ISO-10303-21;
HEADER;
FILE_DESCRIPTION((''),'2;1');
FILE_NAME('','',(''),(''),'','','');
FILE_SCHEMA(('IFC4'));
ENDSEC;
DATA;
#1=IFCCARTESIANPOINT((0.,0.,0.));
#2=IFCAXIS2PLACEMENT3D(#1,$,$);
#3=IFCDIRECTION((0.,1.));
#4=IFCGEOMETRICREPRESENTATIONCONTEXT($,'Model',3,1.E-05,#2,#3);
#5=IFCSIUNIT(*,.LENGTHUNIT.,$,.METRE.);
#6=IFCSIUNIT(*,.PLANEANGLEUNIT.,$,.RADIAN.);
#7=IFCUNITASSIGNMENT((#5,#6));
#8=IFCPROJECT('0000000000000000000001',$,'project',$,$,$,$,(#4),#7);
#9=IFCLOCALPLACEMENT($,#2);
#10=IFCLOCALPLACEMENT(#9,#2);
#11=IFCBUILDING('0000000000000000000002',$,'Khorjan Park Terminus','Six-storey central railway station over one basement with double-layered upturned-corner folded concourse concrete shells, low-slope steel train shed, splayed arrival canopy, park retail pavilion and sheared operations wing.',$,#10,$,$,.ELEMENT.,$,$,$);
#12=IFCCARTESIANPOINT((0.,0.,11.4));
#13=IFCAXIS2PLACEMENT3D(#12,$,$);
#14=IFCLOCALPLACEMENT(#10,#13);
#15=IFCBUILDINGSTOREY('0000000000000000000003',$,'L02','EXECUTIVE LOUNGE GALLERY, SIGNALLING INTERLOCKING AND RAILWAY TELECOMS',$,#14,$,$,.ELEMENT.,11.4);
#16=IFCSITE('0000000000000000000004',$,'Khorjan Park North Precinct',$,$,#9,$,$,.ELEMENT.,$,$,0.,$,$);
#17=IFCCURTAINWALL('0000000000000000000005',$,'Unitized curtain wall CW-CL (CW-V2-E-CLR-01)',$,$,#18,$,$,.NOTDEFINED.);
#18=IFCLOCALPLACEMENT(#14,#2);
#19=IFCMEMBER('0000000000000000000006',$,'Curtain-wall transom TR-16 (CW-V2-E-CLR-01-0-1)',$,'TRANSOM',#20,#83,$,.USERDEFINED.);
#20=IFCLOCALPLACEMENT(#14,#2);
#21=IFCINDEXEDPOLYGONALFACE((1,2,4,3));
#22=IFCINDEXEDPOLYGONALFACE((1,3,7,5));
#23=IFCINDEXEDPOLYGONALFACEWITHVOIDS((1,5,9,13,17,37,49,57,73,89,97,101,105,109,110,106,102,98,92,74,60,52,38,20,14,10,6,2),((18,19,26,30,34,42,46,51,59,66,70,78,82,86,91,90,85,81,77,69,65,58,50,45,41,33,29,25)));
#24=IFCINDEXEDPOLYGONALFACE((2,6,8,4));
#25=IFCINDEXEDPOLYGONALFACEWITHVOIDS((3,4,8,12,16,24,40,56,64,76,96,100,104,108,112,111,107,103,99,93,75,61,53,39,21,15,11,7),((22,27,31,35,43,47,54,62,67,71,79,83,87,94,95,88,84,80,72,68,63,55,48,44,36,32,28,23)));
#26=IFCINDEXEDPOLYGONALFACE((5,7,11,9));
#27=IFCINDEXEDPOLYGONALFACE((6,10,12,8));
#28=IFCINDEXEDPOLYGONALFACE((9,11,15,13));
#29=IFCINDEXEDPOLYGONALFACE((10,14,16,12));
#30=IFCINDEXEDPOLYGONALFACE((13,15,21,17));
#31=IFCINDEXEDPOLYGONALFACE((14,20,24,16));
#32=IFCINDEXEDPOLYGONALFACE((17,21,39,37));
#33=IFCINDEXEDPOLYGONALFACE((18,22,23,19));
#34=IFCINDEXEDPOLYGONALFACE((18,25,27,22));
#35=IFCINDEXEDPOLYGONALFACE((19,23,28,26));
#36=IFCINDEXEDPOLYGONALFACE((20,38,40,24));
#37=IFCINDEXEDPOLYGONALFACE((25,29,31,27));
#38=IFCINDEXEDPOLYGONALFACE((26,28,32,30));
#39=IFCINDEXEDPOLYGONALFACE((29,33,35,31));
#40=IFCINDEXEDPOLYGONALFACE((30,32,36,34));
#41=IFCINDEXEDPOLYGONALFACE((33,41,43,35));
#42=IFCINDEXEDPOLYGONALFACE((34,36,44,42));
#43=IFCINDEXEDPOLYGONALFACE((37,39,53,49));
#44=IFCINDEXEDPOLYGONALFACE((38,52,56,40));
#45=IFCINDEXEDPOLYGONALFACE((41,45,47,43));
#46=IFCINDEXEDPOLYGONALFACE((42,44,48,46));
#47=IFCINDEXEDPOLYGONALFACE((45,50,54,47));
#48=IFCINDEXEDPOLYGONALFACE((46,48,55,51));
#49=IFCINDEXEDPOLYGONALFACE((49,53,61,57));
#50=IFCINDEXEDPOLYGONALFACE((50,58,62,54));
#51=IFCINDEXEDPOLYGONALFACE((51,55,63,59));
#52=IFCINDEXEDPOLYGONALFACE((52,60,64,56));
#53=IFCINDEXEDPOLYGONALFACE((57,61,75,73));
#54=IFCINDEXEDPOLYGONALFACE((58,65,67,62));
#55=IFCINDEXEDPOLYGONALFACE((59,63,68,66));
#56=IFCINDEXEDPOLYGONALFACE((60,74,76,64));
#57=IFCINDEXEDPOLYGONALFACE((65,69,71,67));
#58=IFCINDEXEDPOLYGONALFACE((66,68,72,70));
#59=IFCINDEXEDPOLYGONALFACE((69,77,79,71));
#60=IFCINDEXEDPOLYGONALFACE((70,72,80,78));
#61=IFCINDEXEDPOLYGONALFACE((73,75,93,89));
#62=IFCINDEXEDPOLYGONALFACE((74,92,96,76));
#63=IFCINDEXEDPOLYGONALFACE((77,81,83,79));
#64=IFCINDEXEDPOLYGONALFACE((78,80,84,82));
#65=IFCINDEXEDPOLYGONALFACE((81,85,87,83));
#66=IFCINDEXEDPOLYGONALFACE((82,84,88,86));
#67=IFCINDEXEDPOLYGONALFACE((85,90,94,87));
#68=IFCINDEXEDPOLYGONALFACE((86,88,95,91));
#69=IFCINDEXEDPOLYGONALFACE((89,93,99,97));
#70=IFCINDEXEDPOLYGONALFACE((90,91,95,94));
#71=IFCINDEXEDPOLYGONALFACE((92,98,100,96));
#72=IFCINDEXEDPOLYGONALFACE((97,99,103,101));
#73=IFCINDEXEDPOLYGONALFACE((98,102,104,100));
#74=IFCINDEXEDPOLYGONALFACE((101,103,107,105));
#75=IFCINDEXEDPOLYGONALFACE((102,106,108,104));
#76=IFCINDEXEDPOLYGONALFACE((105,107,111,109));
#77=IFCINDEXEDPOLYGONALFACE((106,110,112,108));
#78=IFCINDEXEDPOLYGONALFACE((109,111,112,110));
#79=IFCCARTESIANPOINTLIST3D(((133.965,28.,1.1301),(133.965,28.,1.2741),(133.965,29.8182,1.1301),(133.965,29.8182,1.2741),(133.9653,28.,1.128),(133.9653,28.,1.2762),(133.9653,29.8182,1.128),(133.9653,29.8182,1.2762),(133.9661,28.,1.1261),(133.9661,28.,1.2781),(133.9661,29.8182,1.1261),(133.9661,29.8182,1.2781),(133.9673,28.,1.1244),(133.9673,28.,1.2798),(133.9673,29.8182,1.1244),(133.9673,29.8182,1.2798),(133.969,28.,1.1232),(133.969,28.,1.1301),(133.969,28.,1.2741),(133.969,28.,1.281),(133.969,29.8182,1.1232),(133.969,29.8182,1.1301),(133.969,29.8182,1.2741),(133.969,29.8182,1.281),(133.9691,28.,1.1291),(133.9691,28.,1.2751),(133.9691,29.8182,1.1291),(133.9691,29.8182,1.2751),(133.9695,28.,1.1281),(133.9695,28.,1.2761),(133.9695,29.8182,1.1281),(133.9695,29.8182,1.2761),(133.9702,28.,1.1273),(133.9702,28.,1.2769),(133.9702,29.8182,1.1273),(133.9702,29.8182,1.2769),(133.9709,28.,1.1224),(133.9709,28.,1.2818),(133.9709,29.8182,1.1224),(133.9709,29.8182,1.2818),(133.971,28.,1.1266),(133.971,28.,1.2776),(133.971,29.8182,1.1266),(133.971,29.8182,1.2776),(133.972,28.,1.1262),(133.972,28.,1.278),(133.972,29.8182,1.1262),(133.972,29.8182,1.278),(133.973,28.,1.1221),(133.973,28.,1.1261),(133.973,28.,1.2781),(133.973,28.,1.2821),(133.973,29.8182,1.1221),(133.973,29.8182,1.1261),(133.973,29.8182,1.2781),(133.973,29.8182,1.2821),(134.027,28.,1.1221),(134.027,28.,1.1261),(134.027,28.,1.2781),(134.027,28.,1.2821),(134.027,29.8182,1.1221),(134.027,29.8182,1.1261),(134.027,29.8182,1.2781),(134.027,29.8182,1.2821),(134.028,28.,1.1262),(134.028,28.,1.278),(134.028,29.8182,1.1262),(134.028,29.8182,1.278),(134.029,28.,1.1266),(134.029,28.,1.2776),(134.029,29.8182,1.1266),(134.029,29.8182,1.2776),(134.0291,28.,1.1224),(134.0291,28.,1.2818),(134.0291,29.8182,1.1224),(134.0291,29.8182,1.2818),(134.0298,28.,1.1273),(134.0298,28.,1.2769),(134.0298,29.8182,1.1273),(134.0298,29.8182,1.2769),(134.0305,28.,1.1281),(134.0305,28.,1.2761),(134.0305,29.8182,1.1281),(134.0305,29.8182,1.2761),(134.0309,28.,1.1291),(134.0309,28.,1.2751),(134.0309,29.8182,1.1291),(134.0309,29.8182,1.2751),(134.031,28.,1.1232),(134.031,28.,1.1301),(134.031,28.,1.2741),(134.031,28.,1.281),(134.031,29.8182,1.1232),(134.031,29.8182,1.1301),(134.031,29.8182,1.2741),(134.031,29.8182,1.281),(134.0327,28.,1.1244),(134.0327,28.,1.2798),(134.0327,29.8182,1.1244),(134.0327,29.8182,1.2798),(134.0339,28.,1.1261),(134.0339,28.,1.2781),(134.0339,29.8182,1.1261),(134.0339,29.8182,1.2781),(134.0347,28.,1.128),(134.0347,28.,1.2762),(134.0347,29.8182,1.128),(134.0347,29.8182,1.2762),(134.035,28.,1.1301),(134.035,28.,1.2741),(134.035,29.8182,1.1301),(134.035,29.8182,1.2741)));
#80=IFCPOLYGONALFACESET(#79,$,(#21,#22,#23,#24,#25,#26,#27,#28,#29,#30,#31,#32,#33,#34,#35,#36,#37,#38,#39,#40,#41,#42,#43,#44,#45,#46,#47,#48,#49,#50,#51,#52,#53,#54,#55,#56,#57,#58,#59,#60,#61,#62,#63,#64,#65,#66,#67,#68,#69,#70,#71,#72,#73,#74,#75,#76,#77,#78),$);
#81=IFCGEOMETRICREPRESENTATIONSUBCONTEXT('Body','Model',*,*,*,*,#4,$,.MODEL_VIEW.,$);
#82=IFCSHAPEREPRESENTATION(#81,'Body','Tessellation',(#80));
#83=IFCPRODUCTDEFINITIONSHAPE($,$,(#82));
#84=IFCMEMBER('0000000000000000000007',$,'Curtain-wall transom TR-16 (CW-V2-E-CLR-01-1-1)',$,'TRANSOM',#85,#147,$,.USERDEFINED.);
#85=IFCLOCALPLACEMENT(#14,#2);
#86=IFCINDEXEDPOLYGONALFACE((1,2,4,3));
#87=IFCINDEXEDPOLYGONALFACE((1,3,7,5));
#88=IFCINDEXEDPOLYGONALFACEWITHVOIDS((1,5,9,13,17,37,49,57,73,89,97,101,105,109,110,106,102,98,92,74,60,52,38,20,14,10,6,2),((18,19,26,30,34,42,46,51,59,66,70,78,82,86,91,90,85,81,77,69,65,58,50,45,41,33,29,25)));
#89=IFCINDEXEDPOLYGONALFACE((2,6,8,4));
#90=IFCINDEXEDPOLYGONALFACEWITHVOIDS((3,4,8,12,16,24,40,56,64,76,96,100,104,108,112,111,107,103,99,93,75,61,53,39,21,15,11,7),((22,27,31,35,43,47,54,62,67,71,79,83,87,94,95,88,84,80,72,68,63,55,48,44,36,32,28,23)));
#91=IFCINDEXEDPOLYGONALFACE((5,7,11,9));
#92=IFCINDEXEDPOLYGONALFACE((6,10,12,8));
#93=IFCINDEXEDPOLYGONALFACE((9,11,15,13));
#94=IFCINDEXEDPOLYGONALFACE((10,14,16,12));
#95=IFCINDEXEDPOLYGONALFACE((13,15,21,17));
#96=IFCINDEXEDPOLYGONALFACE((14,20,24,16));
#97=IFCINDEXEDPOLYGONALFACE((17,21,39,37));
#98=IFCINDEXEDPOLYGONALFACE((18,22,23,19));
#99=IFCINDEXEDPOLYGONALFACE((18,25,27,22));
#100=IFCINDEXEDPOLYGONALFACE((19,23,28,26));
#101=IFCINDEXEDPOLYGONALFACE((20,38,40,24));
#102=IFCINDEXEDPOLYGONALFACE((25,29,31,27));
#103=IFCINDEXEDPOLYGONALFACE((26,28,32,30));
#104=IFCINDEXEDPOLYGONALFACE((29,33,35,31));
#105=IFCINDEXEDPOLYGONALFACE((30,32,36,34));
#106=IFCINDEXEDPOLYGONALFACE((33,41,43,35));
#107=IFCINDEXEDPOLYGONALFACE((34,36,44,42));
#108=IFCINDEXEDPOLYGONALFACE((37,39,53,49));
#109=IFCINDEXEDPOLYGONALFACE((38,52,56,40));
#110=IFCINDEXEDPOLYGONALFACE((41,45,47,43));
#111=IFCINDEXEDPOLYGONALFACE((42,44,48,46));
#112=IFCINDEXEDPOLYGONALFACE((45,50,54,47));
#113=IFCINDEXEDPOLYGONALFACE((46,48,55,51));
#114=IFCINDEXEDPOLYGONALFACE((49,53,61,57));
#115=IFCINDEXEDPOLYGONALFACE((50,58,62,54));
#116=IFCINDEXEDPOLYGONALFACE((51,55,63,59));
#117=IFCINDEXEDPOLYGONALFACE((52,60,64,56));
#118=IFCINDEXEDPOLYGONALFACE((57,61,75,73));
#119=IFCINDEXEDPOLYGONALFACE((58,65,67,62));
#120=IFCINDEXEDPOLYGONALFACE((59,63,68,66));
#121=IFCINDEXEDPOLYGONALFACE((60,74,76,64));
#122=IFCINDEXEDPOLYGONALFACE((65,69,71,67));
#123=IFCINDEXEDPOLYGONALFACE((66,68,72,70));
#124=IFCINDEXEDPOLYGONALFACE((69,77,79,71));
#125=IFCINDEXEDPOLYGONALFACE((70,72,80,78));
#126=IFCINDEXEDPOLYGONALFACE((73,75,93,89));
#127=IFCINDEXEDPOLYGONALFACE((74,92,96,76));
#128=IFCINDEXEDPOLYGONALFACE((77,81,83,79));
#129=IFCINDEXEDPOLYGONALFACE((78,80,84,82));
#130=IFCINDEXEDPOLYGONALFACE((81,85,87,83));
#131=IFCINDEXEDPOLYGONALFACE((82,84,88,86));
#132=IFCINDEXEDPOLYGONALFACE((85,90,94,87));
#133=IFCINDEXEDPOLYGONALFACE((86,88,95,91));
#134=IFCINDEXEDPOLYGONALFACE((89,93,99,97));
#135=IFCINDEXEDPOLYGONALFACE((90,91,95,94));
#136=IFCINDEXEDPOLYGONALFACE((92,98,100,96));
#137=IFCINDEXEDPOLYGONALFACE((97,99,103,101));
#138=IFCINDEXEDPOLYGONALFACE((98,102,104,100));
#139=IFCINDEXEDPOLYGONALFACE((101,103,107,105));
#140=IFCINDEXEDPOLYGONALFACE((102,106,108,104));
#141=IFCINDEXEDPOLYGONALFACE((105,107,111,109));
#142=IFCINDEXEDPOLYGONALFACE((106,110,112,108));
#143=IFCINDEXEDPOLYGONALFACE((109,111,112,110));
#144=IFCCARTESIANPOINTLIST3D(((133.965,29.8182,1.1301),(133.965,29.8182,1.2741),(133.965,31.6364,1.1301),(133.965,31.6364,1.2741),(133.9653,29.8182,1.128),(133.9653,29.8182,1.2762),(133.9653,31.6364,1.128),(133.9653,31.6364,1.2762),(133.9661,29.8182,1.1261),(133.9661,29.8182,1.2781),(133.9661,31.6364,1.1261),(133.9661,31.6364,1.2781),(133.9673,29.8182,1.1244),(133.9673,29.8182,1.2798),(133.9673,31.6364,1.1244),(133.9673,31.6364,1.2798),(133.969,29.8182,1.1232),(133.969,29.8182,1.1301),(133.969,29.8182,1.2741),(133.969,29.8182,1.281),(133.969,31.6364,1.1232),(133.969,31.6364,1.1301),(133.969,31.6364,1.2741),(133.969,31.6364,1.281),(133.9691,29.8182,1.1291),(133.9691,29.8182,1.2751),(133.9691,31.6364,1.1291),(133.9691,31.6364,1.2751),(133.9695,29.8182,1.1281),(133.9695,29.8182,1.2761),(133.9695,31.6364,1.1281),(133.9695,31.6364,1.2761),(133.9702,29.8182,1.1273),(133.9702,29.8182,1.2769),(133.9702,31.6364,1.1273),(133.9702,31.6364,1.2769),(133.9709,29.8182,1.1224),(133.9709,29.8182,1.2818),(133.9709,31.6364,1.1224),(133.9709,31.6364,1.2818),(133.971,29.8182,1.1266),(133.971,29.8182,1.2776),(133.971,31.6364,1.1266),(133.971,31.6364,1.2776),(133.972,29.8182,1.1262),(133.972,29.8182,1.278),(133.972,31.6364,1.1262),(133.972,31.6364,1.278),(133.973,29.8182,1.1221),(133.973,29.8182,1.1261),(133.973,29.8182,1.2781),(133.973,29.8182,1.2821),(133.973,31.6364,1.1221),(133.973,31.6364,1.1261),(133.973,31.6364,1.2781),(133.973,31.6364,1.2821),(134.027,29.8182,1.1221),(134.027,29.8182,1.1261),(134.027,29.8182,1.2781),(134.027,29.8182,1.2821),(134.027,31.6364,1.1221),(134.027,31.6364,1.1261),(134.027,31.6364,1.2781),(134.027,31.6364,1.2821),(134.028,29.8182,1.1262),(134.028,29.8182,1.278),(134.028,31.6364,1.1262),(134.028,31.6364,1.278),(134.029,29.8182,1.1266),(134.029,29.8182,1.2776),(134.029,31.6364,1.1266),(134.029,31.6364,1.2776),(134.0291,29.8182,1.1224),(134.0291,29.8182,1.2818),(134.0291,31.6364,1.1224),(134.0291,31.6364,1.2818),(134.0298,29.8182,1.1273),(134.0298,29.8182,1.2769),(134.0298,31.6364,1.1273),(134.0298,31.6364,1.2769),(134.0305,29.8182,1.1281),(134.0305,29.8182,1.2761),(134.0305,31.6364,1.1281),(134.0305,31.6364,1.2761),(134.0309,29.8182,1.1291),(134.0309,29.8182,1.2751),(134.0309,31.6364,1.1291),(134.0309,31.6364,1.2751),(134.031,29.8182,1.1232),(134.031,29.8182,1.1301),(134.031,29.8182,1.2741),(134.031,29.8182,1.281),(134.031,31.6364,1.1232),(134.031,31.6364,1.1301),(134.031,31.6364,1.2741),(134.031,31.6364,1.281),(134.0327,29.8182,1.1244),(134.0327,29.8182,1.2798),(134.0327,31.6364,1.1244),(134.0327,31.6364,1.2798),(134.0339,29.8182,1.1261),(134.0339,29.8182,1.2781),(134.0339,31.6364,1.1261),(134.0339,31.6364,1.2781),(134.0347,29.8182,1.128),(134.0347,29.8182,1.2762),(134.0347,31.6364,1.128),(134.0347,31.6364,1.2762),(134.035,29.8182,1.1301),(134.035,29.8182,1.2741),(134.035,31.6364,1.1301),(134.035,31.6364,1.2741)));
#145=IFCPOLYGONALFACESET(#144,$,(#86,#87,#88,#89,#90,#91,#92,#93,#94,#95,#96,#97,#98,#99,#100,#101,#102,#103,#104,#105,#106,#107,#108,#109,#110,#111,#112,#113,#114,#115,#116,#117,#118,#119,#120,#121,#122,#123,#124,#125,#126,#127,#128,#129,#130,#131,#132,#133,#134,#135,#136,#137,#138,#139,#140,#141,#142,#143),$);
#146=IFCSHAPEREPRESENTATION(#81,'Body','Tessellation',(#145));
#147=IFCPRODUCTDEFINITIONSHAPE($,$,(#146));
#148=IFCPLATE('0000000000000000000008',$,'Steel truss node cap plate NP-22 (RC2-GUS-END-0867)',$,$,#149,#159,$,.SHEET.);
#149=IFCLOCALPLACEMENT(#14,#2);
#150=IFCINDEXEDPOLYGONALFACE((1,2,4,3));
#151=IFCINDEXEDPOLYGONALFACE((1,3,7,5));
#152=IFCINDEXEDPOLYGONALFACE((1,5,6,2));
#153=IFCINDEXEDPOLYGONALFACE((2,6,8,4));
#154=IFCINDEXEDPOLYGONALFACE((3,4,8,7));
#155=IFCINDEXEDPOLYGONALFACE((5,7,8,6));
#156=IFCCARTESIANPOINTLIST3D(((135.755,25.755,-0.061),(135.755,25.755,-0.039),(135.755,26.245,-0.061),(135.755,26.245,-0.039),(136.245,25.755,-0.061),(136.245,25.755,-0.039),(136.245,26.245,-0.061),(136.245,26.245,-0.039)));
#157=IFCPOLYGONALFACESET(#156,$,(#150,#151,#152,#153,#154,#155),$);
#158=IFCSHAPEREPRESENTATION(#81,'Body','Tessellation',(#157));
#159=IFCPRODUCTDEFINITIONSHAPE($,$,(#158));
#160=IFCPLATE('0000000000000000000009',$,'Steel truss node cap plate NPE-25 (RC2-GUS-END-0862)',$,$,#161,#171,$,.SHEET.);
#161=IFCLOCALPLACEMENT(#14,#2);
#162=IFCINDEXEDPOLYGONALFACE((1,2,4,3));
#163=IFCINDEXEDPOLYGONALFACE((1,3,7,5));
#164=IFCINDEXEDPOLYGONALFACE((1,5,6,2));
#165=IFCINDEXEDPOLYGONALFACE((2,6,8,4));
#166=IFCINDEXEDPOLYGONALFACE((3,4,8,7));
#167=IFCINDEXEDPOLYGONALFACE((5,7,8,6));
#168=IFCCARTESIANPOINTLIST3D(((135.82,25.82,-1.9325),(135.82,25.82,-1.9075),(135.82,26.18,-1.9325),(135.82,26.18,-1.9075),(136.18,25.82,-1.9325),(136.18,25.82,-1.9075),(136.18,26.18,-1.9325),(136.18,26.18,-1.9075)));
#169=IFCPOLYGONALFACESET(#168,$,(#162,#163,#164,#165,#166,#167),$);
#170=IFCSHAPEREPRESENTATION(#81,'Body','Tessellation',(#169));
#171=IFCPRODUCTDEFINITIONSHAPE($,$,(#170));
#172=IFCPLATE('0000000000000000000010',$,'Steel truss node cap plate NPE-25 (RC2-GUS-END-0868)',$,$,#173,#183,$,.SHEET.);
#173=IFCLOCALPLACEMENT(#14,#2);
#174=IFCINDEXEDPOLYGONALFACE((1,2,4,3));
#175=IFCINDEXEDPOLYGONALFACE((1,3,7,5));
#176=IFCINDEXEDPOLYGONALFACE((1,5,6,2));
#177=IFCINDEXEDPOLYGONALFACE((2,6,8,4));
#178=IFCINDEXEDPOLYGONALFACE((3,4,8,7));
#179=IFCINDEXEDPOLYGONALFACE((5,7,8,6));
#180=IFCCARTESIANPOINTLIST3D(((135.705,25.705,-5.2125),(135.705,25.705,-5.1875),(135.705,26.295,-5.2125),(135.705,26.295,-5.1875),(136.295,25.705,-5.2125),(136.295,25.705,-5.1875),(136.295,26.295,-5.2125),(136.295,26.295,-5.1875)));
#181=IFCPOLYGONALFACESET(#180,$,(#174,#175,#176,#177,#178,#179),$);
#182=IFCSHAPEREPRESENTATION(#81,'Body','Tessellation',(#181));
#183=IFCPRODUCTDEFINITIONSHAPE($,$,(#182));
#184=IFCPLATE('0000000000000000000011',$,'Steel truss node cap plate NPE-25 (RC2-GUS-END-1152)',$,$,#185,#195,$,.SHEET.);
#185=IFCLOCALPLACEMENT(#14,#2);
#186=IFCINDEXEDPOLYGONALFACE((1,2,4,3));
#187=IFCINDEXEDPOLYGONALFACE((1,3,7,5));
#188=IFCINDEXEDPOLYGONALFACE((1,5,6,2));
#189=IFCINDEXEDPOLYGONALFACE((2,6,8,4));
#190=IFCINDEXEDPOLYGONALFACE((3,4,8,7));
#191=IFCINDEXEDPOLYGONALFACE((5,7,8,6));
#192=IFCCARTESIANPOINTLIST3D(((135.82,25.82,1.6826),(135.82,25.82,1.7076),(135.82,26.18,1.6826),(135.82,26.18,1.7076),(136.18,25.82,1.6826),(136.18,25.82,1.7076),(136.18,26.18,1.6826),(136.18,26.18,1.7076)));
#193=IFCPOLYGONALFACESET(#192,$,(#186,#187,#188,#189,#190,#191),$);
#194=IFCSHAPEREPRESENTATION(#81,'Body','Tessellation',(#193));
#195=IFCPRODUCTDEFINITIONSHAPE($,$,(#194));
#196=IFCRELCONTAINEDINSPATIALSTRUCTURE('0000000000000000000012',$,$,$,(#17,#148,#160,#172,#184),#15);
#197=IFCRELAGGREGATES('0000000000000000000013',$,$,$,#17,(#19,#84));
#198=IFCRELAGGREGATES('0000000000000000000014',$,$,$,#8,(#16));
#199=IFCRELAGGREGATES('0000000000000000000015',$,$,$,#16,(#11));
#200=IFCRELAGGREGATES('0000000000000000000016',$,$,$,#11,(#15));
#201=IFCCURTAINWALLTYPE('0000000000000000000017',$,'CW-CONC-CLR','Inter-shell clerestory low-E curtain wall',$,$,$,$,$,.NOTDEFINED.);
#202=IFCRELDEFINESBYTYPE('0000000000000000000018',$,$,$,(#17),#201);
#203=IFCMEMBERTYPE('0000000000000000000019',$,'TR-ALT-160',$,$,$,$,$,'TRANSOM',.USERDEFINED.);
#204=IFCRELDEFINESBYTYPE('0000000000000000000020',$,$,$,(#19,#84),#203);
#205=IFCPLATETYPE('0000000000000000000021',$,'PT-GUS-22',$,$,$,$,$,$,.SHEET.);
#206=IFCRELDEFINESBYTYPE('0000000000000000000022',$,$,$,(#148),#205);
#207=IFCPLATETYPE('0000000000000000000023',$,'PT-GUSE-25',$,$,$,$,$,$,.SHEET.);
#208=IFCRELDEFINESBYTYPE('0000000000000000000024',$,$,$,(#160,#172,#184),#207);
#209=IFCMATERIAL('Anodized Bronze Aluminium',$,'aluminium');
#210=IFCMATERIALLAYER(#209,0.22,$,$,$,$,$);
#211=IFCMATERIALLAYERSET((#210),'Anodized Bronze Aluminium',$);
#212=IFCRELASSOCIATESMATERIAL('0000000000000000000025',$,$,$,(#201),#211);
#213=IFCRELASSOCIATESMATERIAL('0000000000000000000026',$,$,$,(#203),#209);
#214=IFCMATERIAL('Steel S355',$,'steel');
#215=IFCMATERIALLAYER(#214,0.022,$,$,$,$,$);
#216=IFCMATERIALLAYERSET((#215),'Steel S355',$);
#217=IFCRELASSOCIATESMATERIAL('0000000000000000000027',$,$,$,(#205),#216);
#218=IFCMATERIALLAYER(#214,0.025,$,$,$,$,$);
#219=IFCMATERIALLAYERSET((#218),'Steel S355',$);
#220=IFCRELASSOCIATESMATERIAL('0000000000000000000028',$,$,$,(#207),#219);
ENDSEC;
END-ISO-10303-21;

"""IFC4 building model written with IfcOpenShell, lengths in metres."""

from ifc_helpers import new_model, si_unit, direction, frame, origin, origin_2d, place, context, subcontext, project, spatial, rectangle, hollow_rectangle, extrude, material, layer, layer_set, material_profile, profile_set, type_object, element, aggregate, save


model = new_model("IFC4")

# Units and contexts
model_context = context("Model", 3, precision=1e-05, world=origin(), true_north=direction((0.0, 1.0)))
body_context = subcontext(model_context, "Body", "Model", "MODEL_VIEW")
ifc_project = project(units=[si_unit("LENGTHUNIT", "METRE"), si_unit("PLANEANGLEUNIT", "RADIAN")], contexts=[model_context])

# Site, building, storey
site_placement = place(None, origin())
site = spatial("IfcSite", under=ifc_project, at=site_placement, Name="Khorjan Park North Precinct", CompositionType="ELEMENT", RefElevation=0.0)
building_placement = place(site_placement, origin())
building = spatial("IfcBuilding", under=site, at=building_placement, Name="Khorjan Park Terminus", Description="Six-storey central railway station over one basement with double-layered upturned-corner folded concourse concrete shells, low-slope steel train shed, splayed arrival canopy, park retail pavilion and sheared operations wing.", CompositionType="ELEMENT")
storey_placement = place(building_placement, frame((0.0, 0.0, 11.4)))
storey = spatial("IfcBuildingStorey", under=building, at=storey_placement, Name="L02", Description="EXECUTIVE LOUNGE GALLERY, SIGNALLING INTERLOCKING AND RAILWAY TELECOMS", CompositionType="ELEMENT", Elevation=11.4)

# Shared definitions
ifc_material_1 = material(Name="Steel S355", Category="steel")

# Curtain wall
ifc_material_2 = material(Name="Anodized Bronze Aluminium", Category="aluminium")
ifc_layer_1 = layer(ifc_material_2, 0.22)
ifc_layer_set_1 = layer_set([ifc_layer_1], Name="Anodized Bronze Aluminium")
curtain_wall_type = type_object("IfcCurtainWallType", Name="CW-CONC-CLR", Description="Inter-shell clerestory low-E curtain wall", PredefinedType="NOTDEFINED", material=ifc_layer_set_1)
curtain_wall_placement = place(storey_placement, origin())
curtain_wall = element("IfcCurtainWall", 1, at=curtain_wall_placement, inside=storey, type_object=curtain_wall_type, Name="Unitized curtain wall CW-CL (CW-V2-E-CLR-01)", PredefinedType="NOTDEFINED")

# Members
ifc_material_profile_1 = material_profile(ifc_material_2, hollow_rectangle(XDim=0.07, YDim=0.16, WallThickness=0.004, InnerFilletRadius=0.004, OuterFilletRadius=0.008, at=origin_2d()), Name="ALT 70x160x4")
ifc_profile_set_1 = profile_set([ifc_material_profile_1], Name="Anodized Bronze Aluminium")
member_type_1 = type_object("IfcMemberType", Name="TR-ALT-160", ElementType="TRANSOM", PredefinedType="USERDEFINED", material=ifc_profile_set_1)
member_1_placement = place(storey_placement, frame((134.0, 28.0, 1.2021), z_axis=(0.0, 1.0, 0.0), x_axis=(-1.0, 0.0, 0.0)))
member_1 = element("IfcMember", 2, at=member_1_placement, type_object=member_type_1, Name="Curtain-wall transom TR-16 (CW-V2-E-CLR-01-0-1)", ObjectType="TRANSOM", PredefinedType="USERDEFINED", context=body_context, shape_type="SweptSolid", body=[
    extrude(hollow_rectangle(XDim=0.07, YDim=0.16, WallThickness=0.004, InnerFilletRadius=0.004, OuterFilletRadius=0.008, at=origin_2d()), origin(), (0.0, 0.0, 1.0), 1.8182),
])
member_2_placement = place(storey_placement, frame((134.0, 29.8182, 1.2021), z_axis=(0.0, 1.0, 0.0), x_axis=(-1.0, 0.0, 0.0)))
member_2 = element("IfcMember", 3, at=member_2_placement, type_object=member_type_1, Name="Curtain-wall transom TR-16 (CW-V2-E-CLR-01-1-1)", ObjectType="TRANSOM", PredefinedType="USERDEFINED", context=body_context, shape_type="SweptSolid", body=[
    extrude(hollow_rectangle(XDim=0.07, YDim=0.16, WallThickness=0.004, InnerFilletRadius=0.004, OuterFilletRadius=0.008, at=origin_2d()), origin(), (0.0, 0.0, 1.0), 1.8182),
])

# Plates
ifc_layer_2 = layer(ifc_material_1, 0.022)
ifc_layer_set_2 = layer_set([ifc_layer_2], Name="Steel S355")
plate_type_1 = type_object("IfcPlateType", Name="PT-GUS-22", PredefinedType="SHEET", material=ifc_layer_set_2)
plate_1_placement = place(storey_placement, frame((136.0, 26.0, -0.061), z_axis=(0.0, 0.0, 1.0), x_axis=(1.0, 0.0, 0.0)))
element("IfcPlate", 4, at=plate_1_placement, inside=storey, type_object=plate_type_1, Name="Steel truss node cap plate NP-22 (RC2-GUS-END-0867)", PredefinedType="SHEET", context=body_context, shape_type="SweptSolid", body=[
    extrude(rectangle(XDim=0.49, YDim=0.49, at=origin_2d()), origin(), (0.0, 0.0, 1.0), 0.022),
])
ifc_layer_3 = layer(ifc_material_1, 0.025)
ifc_layer_set_3 = layer_set([ifc_layer_3], Name="Steel S355")
plate_type_2 = type_object("IfcPlateType", Name="PT-GUSE-25", PredefinedType="SHEET", material=ifc_layer_set_3)
plate_2_placement = place(storey_placement, frame((136.0, 26.0, -1.9325), z_axis=(0.0, 0.0, 1.0), x_axis=(1.0, 0.0, 0.0)))
element("IfcPlate", 5, at=plate_2_placement, inside=storey, type_object=plate_type_2, Name="Steel truss node cap plate NPE-25 (RC2-GUS-END-0862)", PredefinedType="SHEET", context=body_context, shape_type="SweptSolid", body=[
    extrude(rectangle(XDim=0.36, YDim=0.36, at=origin_2d()), origin(), (0.0, 0.0, 1.0), 0.025),
])
plate_3_placement = place(storey_placement, frame((136.0, 26.0, -5.2125), z_axis=(0.0, 0.0, 1.0), x_axis=(1.0, 0.0, 0.0)))
element("IfcPlate", 6, at=plate_3_placement, inside=storey, type_object=plate_type_2, Name="Steel truss node cap plate NPE-25 (RC2-GUS-END-0868)", PredefinedType="SHEET", context=body_context, shape_type="SweptSolid", body=[
    extrude(rectangle(XDim=0.59, YDim=0.59, at=origin_2d()), origin(), (0.0, 0.0, 1.0), 0.025),
])
plate_4_placement = place(storey_placement, frame((136.0, 26.0, 1.6826), z_axis=(0.0, 0.0, 1.0), x_axis=(1.0, 0.0, 0.0)))
element("IfcPlate", 7, at=plate_4_placement, inside=storey, type_object=plate_type_2, Name="Steel truss node cap plate NPE-25 (RC2-GUS-END-1152)", PredefinedType="SHEET", context=body_context, shape_type="SweptSolid", body=[
    extrude(rectangle(XDim=0.36, YDim=0.36, at=origin_2d()), origin(), (0.0, 0.0, 1.0), 0.025),
])

aggregate(curtain_wall, [member_1, member_2])

save(model, "model.ifc")
